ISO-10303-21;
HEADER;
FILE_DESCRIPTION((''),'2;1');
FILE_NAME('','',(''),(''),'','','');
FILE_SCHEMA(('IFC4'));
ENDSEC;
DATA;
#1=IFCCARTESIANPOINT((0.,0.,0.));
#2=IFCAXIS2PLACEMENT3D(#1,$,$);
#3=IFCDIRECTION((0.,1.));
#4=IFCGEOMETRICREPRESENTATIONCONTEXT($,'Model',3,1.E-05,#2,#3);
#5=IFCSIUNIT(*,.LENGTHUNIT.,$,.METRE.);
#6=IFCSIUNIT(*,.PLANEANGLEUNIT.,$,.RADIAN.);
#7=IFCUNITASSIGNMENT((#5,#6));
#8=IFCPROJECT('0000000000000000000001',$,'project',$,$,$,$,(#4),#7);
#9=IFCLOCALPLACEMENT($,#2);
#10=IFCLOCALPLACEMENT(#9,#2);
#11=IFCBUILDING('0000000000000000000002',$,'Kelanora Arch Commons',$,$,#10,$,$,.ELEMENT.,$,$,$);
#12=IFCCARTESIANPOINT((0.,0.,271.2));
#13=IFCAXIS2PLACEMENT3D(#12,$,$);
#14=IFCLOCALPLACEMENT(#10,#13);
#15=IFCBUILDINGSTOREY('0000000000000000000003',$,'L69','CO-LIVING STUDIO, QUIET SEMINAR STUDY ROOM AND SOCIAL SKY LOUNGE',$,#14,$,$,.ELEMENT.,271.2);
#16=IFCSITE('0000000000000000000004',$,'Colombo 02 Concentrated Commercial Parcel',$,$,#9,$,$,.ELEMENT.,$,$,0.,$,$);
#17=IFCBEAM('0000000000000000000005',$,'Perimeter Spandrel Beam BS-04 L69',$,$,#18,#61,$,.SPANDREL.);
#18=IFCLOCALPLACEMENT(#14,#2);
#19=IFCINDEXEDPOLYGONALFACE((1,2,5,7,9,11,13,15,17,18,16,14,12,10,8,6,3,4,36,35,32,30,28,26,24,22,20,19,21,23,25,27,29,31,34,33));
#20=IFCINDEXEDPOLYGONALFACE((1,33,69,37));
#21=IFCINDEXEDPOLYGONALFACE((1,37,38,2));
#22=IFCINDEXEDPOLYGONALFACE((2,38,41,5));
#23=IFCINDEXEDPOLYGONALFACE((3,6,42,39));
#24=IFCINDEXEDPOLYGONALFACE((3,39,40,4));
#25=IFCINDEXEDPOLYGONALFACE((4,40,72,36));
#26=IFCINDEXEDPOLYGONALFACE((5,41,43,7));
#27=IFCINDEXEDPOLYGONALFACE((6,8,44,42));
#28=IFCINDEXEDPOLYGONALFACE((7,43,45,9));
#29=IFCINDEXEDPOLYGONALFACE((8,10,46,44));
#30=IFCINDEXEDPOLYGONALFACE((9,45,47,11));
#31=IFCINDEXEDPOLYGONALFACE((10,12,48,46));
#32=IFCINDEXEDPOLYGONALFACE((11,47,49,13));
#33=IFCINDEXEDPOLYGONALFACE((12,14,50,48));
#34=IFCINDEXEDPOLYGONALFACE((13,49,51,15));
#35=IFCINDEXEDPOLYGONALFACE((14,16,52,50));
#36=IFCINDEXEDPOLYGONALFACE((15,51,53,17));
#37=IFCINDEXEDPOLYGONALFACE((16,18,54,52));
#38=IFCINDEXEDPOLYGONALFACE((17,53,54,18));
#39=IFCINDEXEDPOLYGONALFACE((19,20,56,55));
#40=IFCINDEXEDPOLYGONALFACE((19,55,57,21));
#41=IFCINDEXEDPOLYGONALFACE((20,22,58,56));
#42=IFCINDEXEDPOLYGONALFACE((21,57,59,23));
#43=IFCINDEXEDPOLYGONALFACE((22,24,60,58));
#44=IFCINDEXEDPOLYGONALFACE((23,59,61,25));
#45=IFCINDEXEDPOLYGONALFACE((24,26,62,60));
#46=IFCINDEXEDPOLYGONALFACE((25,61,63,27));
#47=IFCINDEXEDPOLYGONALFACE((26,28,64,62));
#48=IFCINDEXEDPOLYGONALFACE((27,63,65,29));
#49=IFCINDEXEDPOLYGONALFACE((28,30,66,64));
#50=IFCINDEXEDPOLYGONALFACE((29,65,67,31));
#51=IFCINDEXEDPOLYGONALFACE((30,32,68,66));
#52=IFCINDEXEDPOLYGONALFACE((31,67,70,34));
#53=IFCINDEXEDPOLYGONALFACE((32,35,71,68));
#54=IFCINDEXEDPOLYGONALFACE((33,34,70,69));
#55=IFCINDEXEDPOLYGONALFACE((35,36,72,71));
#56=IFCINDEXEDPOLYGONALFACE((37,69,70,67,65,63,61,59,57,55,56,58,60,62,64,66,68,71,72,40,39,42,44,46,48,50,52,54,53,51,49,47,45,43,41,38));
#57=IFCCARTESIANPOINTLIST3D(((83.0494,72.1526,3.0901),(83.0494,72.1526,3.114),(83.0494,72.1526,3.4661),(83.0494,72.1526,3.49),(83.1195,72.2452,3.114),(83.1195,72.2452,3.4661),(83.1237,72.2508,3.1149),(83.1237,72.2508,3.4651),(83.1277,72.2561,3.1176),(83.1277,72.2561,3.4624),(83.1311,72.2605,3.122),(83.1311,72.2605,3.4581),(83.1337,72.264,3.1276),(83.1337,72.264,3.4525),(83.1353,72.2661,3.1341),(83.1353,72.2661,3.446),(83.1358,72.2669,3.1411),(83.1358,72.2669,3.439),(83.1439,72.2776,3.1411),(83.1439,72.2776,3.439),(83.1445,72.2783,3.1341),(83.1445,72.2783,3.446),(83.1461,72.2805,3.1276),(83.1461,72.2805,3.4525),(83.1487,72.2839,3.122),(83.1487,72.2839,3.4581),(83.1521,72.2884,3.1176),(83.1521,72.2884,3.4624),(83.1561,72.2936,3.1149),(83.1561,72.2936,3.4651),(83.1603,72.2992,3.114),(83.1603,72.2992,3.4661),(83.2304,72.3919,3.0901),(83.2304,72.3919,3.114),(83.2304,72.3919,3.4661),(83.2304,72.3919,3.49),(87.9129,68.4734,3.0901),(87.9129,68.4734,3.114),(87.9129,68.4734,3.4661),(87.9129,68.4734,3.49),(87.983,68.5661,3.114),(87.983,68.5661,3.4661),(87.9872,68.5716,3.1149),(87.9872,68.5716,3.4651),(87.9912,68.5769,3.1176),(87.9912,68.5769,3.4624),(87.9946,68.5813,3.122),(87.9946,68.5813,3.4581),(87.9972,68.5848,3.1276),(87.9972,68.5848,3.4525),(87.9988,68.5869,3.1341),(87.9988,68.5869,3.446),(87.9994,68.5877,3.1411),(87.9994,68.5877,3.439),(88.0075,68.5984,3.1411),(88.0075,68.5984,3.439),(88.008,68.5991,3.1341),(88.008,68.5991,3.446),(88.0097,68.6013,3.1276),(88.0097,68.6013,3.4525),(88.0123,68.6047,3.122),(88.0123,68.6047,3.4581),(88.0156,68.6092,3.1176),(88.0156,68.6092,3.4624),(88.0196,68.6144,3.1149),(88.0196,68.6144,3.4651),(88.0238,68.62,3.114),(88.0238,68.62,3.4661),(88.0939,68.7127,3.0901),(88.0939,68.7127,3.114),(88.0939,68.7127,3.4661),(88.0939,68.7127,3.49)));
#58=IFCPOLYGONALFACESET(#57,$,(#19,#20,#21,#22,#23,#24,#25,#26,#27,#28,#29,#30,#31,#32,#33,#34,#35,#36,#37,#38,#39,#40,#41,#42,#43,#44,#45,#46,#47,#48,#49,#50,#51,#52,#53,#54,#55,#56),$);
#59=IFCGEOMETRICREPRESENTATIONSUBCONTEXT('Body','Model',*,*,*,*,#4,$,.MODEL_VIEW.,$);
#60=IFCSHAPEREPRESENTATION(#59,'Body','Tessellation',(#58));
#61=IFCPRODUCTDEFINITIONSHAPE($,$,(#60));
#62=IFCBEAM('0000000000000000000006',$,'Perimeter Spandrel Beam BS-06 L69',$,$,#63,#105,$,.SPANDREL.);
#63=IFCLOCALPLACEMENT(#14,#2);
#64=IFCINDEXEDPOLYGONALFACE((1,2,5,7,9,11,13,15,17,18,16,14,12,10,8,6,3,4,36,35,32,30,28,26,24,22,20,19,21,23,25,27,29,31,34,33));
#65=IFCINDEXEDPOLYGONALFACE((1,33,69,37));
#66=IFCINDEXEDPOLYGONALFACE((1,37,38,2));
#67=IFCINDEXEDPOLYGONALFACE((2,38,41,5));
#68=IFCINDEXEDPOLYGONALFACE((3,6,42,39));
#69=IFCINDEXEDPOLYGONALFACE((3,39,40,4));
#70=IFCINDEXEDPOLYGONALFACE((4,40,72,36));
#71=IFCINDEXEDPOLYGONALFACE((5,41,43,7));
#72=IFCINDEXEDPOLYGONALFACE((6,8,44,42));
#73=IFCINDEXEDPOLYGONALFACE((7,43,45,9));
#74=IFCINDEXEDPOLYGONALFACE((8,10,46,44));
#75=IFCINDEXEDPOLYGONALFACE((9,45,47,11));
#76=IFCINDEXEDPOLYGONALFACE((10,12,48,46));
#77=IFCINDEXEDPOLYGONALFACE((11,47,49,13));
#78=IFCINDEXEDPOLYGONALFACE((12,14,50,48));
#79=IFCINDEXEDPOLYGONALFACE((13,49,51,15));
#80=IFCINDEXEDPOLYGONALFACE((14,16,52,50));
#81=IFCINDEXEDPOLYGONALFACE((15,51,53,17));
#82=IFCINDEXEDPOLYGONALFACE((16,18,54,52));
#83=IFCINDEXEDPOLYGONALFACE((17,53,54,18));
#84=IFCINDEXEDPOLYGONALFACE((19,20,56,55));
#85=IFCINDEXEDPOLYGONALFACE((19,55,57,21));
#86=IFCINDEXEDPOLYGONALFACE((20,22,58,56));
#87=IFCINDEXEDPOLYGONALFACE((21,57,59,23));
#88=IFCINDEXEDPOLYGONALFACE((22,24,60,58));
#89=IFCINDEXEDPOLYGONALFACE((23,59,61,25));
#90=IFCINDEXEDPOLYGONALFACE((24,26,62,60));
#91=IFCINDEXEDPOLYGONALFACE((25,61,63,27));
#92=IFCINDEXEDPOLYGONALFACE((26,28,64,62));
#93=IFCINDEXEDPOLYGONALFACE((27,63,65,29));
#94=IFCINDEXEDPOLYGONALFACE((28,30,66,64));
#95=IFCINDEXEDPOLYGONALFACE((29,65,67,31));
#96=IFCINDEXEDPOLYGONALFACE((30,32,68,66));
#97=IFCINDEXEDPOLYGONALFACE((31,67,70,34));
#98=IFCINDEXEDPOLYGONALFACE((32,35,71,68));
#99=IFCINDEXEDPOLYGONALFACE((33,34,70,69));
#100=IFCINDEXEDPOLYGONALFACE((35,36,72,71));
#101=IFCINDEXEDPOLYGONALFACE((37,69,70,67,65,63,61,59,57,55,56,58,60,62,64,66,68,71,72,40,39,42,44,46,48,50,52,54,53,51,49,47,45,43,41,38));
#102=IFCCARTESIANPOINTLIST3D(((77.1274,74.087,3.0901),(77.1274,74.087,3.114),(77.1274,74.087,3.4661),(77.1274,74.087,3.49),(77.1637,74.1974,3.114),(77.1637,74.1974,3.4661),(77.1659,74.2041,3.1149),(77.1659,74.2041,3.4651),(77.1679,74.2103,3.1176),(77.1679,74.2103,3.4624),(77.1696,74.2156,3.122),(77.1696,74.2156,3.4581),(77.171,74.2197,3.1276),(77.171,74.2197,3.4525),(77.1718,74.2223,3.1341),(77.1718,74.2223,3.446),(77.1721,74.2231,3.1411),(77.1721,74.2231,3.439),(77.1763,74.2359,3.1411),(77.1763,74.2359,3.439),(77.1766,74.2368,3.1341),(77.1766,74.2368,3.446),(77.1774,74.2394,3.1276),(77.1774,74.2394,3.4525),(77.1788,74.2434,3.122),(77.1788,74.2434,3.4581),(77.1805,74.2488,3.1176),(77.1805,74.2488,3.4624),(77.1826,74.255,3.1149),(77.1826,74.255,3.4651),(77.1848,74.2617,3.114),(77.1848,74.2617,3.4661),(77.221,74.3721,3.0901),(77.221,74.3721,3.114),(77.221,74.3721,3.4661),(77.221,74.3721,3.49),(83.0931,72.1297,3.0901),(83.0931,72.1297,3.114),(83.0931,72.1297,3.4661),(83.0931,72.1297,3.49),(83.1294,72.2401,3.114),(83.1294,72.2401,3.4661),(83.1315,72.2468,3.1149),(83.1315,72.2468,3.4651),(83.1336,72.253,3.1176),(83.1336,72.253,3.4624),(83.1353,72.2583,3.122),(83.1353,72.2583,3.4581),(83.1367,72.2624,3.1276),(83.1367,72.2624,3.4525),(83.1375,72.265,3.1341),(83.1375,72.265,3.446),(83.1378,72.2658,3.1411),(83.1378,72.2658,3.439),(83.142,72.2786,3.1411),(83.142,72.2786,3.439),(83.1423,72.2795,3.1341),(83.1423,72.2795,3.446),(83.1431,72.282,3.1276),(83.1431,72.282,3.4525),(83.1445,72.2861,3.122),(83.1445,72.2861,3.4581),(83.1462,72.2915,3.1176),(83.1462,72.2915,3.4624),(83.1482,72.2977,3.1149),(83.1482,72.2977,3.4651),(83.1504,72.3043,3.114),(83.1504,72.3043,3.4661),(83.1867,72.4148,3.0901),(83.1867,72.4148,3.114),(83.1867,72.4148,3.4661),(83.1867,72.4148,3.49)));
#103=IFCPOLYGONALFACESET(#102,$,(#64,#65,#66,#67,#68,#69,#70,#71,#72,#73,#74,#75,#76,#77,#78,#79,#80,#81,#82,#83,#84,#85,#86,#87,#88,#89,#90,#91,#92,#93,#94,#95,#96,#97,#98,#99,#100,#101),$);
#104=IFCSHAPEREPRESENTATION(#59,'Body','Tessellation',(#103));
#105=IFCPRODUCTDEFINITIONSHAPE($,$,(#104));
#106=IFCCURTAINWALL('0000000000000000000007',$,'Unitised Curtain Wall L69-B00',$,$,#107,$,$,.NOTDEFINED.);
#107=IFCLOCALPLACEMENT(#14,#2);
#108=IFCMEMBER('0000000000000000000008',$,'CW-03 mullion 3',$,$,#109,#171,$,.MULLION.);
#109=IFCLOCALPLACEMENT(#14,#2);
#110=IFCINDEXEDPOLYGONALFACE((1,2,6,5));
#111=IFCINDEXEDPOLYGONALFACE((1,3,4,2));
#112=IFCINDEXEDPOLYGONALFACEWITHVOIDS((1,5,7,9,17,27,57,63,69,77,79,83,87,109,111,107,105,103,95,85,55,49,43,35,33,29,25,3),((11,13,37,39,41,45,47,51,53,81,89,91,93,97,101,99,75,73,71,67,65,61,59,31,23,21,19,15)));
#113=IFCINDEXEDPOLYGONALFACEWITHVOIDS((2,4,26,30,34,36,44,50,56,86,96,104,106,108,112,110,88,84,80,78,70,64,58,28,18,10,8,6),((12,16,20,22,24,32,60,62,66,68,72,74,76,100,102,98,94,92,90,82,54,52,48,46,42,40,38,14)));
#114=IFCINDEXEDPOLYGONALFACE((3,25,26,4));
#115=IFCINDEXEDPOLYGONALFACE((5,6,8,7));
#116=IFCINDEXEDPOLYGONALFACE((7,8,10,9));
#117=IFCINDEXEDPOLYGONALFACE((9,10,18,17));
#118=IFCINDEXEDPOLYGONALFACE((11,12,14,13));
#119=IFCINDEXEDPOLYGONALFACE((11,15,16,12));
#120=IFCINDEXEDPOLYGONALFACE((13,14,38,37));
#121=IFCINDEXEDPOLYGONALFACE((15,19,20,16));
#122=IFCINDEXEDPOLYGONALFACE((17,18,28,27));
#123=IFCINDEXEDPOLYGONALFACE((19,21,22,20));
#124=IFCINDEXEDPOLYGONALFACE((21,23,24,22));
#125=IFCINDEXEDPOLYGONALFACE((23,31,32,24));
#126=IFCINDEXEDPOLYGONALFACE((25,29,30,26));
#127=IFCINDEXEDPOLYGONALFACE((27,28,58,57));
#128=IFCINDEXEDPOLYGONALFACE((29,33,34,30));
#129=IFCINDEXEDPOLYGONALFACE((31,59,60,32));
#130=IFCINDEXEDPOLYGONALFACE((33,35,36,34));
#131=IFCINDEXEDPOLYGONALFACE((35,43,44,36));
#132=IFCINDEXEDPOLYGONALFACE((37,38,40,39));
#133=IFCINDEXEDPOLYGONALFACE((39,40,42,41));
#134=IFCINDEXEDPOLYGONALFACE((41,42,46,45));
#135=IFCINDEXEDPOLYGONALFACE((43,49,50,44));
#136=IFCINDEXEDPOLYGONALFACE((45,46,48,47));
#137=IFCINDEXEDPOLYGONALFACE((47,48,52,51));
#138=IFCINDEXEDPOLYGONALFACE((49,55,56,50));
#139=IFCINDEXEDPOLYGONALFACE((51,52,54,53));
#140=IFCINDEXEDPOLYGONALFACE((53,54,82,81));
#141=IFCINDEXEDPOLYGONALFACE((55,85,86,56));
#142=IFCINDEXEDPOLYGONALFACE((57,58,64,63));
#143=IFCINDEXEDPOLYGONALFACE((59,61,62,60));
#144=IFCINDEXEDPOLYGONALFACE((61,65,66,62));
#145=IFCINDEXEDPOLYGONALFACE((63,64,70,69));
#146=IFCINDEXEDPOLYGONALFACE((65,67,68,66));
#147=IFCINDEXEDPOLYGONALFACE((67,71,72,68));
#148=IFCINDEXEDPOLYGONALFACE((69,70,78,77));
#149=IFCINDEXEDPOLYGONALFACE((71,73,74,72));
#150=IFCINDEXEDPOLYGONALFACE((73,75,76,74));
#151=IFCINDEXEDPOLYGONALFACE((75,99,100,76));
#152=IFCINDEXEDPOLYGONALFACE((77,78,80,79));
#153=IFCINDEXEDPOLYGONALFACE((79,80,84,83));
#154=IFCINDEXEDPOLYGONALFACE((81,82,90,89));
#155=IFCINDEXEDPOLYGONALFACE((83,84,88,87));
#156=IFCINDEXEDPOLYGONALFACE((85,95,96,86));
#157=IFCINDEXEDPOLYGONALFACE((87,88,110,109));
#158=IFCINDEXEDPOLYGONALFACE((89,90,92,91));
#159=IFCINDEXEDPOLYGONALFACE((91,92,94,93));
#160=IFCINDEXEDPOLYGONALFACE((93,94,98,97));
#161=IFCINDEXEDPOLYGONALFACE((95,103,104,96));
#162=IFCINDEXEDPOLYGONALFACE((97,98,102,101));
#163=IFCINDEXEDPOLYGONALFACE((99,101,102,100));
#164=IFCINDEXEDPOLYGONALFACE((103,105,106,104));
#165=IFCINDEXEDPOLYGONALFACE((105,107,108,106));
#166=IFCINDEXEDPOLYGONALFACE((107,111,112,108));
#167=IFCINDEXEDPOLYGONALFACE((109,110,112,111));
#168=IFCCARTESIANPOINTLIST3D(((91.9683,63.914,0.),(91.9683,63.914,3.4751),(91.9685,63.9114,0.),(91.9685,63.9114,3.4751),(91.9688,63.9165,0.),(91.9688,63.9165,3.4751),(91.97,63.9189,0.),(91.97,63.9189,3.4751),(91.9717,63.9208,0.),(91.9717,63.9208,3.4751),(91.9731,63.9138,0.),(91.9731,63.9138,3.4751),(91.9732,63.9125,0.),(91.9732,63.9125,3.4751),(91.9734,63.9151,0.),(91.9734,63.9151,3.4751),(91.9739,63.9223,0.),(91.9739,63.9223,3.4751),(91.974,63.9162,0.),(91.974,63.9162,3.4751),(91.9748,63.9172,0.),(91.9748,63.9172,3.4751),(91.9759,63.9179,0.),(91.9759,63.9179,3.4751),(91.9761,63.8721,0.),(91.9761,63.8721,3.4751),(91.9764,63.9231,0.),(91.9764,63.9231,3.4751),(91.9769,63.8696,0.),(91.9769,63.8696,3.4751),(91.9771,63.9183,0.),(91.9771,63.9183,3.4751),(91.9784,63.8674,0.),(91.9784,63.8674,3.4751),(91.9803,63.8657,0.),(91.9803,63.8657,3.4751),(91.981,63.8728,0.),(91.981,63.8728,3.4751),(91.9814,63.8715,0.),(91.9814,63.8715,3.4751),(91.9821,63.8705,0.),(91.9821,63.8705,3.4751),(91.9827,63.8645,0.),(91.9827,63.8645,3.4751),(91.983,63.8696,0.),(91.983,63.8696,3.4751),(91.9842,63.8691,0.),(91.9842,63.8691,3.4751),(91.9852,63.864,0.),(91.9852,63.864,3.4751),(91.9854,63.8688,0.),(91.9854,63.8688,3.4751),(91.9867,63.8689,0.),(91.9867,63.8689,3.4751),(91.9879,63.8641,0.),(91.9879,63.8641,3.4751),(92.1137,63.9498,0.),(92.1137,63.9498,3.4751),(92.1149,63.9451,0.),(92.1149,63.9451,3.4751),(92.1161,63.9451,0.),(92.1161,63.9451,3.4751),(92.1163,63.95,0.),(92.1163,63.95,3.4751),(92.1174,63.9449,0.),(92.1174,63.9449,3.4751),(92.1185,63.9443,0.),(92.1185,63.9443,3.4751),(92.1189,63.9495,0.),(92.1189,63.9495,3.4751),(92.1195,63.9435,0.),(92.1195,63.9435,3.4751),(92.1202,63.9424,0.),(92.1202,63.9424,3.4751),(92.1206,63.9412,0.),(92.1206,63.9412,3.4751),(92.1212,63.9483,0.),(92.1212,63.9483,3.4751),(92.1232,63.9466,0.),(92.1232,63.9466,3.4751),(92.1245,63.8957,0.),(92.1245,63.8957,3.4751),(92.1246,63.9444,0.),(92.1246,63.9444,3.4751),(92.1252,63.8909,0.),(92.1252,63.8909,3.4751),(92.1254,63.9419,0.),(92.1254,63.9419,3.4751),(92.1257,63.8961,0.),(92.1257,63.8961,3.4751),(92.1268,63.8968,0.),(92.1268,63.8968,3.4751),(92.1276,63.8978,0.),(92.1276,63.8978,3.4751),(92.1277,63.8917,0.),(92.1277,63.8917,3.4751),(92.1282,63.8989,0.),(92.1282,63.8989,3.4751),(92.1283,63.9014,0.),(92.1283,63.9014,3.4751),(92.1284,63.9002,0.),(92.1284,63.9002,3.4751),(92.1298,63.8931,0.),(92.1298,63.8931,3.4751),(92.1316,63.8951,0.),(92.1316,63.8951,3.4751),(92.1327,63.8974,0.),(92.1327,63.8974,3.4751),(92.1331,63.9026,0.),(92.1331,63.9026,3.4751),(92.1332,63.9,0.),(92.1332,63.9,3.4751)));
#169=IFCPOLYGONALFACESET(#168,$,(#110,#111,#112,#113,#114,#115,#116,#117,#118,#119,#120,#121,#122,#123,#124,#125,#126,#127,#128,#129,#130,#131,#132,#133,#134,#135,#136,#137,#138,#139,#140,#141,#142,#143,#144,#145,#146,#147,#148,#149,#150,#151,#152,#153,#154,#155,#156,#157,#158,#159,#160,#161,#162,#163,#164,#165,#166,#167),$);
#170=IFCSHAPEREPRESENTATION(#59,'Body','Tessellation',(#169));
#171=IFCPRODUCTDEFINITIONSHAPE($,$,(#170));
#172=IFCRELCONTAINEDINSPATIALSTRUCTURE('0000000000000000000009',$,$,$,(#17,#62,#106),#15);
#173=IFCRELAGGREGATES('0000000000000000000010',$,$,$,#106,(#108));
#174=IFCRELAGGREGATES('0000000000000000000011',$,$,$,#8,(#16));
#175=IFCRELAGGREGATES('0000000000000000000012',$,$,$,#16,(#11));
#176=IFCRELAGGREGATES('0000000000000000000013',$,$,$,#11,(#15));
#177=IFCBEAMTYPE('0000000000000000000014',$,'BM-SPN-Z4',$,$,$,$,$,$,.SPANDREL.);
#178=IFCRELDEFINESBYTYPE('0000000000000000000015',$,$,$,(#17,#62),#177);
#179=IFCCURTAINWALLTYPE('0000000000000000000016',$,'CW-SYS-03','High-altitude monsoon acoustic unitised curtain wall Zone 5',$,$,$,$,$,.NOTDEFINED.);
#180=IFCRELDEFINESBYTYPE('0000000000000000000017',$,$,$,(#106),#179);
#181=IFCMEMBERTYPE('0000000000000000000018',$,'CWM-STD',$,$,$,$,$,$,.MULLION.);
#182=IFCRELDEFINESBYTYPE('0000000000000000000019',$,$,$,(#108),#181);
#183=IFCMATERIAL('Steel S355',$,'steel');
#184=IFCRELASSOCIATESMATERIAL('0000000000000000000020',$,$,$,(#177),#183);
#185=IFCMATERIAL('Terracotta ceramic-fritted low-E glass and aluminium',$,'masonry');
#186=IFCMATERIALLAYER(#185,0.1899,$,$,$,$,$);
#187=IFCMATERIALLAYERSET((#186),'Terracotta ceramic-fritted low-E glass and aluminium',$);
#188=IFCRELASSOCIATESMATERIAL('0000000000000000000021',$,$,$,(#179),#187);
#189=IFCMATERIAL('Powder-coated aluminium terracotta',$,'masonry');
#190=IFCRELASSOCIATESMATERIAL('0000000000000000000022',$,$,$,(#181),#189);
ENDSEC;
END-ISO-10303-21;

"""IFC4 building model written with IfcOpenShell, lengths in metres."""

from ifc_helpers import new_model, si_unit, direction, frame, origin, origin_2d, place, context, subcontext, project, spatial, hollow_rectangle, i_section, extrude, material, layer, layer_set, material_profile, profile_set, type_object, element, aggregate, save


model = new_model("IFC4")

# Units and contexts
model_context = context("Model", 3, precision=1e-05, world=origin(), true_north=direction((0.0, 1.0)))
body_context = subcontext(model_context, "Body", "Model", "MODEL_VIEW")
ifc_project = project(units=[si_unit("LENGTHUNIT", "METRE"), si_unit("PLANEANGLEUNIT", "RADIAN")], contexts=[model_context])

# Site, building, storey
site_placement = place(None, origin())
site = spatial("IfcSite", under=ifc_project, at=site_placement, Name="Colombo 02 Concentrated Commercial Parcel", CompositionType="ELEMENT", RefElevation=0.0)
building_placement = place(site_placement, origin())
building = spatial("IfcBuilding", under=site, at=building_placement, Name="Kelanora Arch Commons", CompositionType="ELEMENT")
storey_placement = place(building_placement, frame((0.0, 0.0, 271.2)))
storey = spatial("IfcBuildingStorey", under=building, at=storey_placement, Name="L69", Description="CO-LIVING STUDIO, QUIET SEMINAR STUDY ROOM AND SOCIAL SKY LOUNGE", CompositionType="ELEMENT", Elevation=271.2)

# Beams
ifc_material_1 = material(Name="Steel S355", Category="steel")
ifc_material_profile_1 = material_profile(ifc_material_1, i_section(OverallWidth=0.3, OverallDepth=0.3999, WebThickness=0.0134, FlangeThickness=0.0239, FilletRadius=0.0271, at=origin_2d()), Name="HEB400")
ifc_profile_set_1 = profile_set([ifc_material_profile_1], Name="Steel S355")
beam_type_1 = type_object("IfcBeamType", Name="BM-SPN-Z4", PredefinedType="SPANDREL", material=ifc_profile_set_1)
beam_1_placement = place(storey_placement, frame((88.0034, 68.593, 3.29), z_axis=(-0.797509, 0.603306, 0.0), x_axis=(-0.603306, -0.797509, 0.0)))
element("IfcBeam", 1, at=beam_1_placement, inside=storey, type_object=beam_type_1, Name="Perimeter Spandrel Beam BS-04 L69", PredefinedType="SPANDREL", context=body_context, shape_type="SweptSolid", body=[
    extrude(i_section(OverallWidth=0.3, OverallDepth=0.3999, WebThickness=0.0134, FlangeThickness=0.0239, FilletRadius=0.0271, at=origin_2d()), origin(), (0.0, 0.0, 1.0), 6.0984),
])
beam_2_placement = place(storey_placement, frame((83.1399, 72.2722, 3.29), z_axis=(-0.950166, 0.311745, 0.0), x_axis=(-0.311745, -0.950166, 0.0)))
element("IfcBeam", 2, at=beam_2_placement, inside=storey, type_object=beam_type_1, Name="Perimeter Spandrel Beam BS-06 L69", PredefinedType="SPANDREL", context=body_context, shape_type="SweptSolid", body=[
    extrude(i_section(OverallWidth=0.3, OverallDepth=0.3999, WebThickness=0.0134, FlangeThickness=0.0239, FilletRadius=0.0271, at=origin_2d()), origin(), (0.0, 0.0, 1.0), 6.2786),
])

# Curtain wall, member
ifc_material_2 = material(Name="Terracotta ceramic-fritted low-E glass and aluminium", Category="masonry")
ifc_layer_1 = layer(ifc_material_2, 0.1899)
ifc_layer_set_1 = layer_set([ifc_layer_1], Name="Terracotta ceramic-fritted low-E glass and aluminium")
curtain_wall_type = type_object("IfcCurtainWallType", Name="CW-SYS-03", Description="High-altitude monsoon acoustic unitised curtain wall Zone 5", PredefinedType="NOTDEFINED", material=ifc_layer_set_1)
curtain_wall_1_placement = place(storey_placement, origin())
curtain_wall_1 = element("IfcCurtainWall", 3, at=curtain_wall_1_placement, inside=storey, type_object=curtain_wall_type, Name="Unitised Curtain Wall L69-B00", PredefinedType="NOTDEFINED")
ifc_material_3 = material(Name="Powder-coated aluminium terracotta", Category="masonry")
ifc_material_profile_2 = material_profile(ifc_material_3, hollow_rectangle(XDim=0.1599, YDim=0.0601, WallThickness=0.0049, InnerFilletRadius=0.0049, OuterFilletRadius=0.01, at=origin_2d()), Name="CWM160x60")
ifc_profile_set_2 = profile_set([ifc_material_profile_2], Name="Powder-coated aluminium terracotta")
member_type_1 = type_object("IfcMemberType", Name="CWM-STD", PredefinedType="MULLION", material=ifc_profile_set_2)
member_1_placement = place(storey_placement, frame((92.0508, 63.907, 0.0), z_axis=(0.0, 0.0, 1.0), x_axis=(-0.981596, -0.190972, 0.0)))
member_1 = element("IfcMember", 4, at=member_1_placement, type_object=member_type_1, Name="CW-03 mullion 3", PredefinedType="MULLION", context=body_context, shape_type="SweptSolid", body=[
    extrude(hollow_rectangle(XDim=0.1599, YDim=0.0601, WallThickness=0.0049, InnerFilletRadius=0.0049, OuterFilletRadius=0.01, at=origin_2d()), origin(), (0.0, 0.0, 1.0), 3.4751),
])
aggregate(curtain_wall_1, [member_1])

save(model, "model.ifc")
